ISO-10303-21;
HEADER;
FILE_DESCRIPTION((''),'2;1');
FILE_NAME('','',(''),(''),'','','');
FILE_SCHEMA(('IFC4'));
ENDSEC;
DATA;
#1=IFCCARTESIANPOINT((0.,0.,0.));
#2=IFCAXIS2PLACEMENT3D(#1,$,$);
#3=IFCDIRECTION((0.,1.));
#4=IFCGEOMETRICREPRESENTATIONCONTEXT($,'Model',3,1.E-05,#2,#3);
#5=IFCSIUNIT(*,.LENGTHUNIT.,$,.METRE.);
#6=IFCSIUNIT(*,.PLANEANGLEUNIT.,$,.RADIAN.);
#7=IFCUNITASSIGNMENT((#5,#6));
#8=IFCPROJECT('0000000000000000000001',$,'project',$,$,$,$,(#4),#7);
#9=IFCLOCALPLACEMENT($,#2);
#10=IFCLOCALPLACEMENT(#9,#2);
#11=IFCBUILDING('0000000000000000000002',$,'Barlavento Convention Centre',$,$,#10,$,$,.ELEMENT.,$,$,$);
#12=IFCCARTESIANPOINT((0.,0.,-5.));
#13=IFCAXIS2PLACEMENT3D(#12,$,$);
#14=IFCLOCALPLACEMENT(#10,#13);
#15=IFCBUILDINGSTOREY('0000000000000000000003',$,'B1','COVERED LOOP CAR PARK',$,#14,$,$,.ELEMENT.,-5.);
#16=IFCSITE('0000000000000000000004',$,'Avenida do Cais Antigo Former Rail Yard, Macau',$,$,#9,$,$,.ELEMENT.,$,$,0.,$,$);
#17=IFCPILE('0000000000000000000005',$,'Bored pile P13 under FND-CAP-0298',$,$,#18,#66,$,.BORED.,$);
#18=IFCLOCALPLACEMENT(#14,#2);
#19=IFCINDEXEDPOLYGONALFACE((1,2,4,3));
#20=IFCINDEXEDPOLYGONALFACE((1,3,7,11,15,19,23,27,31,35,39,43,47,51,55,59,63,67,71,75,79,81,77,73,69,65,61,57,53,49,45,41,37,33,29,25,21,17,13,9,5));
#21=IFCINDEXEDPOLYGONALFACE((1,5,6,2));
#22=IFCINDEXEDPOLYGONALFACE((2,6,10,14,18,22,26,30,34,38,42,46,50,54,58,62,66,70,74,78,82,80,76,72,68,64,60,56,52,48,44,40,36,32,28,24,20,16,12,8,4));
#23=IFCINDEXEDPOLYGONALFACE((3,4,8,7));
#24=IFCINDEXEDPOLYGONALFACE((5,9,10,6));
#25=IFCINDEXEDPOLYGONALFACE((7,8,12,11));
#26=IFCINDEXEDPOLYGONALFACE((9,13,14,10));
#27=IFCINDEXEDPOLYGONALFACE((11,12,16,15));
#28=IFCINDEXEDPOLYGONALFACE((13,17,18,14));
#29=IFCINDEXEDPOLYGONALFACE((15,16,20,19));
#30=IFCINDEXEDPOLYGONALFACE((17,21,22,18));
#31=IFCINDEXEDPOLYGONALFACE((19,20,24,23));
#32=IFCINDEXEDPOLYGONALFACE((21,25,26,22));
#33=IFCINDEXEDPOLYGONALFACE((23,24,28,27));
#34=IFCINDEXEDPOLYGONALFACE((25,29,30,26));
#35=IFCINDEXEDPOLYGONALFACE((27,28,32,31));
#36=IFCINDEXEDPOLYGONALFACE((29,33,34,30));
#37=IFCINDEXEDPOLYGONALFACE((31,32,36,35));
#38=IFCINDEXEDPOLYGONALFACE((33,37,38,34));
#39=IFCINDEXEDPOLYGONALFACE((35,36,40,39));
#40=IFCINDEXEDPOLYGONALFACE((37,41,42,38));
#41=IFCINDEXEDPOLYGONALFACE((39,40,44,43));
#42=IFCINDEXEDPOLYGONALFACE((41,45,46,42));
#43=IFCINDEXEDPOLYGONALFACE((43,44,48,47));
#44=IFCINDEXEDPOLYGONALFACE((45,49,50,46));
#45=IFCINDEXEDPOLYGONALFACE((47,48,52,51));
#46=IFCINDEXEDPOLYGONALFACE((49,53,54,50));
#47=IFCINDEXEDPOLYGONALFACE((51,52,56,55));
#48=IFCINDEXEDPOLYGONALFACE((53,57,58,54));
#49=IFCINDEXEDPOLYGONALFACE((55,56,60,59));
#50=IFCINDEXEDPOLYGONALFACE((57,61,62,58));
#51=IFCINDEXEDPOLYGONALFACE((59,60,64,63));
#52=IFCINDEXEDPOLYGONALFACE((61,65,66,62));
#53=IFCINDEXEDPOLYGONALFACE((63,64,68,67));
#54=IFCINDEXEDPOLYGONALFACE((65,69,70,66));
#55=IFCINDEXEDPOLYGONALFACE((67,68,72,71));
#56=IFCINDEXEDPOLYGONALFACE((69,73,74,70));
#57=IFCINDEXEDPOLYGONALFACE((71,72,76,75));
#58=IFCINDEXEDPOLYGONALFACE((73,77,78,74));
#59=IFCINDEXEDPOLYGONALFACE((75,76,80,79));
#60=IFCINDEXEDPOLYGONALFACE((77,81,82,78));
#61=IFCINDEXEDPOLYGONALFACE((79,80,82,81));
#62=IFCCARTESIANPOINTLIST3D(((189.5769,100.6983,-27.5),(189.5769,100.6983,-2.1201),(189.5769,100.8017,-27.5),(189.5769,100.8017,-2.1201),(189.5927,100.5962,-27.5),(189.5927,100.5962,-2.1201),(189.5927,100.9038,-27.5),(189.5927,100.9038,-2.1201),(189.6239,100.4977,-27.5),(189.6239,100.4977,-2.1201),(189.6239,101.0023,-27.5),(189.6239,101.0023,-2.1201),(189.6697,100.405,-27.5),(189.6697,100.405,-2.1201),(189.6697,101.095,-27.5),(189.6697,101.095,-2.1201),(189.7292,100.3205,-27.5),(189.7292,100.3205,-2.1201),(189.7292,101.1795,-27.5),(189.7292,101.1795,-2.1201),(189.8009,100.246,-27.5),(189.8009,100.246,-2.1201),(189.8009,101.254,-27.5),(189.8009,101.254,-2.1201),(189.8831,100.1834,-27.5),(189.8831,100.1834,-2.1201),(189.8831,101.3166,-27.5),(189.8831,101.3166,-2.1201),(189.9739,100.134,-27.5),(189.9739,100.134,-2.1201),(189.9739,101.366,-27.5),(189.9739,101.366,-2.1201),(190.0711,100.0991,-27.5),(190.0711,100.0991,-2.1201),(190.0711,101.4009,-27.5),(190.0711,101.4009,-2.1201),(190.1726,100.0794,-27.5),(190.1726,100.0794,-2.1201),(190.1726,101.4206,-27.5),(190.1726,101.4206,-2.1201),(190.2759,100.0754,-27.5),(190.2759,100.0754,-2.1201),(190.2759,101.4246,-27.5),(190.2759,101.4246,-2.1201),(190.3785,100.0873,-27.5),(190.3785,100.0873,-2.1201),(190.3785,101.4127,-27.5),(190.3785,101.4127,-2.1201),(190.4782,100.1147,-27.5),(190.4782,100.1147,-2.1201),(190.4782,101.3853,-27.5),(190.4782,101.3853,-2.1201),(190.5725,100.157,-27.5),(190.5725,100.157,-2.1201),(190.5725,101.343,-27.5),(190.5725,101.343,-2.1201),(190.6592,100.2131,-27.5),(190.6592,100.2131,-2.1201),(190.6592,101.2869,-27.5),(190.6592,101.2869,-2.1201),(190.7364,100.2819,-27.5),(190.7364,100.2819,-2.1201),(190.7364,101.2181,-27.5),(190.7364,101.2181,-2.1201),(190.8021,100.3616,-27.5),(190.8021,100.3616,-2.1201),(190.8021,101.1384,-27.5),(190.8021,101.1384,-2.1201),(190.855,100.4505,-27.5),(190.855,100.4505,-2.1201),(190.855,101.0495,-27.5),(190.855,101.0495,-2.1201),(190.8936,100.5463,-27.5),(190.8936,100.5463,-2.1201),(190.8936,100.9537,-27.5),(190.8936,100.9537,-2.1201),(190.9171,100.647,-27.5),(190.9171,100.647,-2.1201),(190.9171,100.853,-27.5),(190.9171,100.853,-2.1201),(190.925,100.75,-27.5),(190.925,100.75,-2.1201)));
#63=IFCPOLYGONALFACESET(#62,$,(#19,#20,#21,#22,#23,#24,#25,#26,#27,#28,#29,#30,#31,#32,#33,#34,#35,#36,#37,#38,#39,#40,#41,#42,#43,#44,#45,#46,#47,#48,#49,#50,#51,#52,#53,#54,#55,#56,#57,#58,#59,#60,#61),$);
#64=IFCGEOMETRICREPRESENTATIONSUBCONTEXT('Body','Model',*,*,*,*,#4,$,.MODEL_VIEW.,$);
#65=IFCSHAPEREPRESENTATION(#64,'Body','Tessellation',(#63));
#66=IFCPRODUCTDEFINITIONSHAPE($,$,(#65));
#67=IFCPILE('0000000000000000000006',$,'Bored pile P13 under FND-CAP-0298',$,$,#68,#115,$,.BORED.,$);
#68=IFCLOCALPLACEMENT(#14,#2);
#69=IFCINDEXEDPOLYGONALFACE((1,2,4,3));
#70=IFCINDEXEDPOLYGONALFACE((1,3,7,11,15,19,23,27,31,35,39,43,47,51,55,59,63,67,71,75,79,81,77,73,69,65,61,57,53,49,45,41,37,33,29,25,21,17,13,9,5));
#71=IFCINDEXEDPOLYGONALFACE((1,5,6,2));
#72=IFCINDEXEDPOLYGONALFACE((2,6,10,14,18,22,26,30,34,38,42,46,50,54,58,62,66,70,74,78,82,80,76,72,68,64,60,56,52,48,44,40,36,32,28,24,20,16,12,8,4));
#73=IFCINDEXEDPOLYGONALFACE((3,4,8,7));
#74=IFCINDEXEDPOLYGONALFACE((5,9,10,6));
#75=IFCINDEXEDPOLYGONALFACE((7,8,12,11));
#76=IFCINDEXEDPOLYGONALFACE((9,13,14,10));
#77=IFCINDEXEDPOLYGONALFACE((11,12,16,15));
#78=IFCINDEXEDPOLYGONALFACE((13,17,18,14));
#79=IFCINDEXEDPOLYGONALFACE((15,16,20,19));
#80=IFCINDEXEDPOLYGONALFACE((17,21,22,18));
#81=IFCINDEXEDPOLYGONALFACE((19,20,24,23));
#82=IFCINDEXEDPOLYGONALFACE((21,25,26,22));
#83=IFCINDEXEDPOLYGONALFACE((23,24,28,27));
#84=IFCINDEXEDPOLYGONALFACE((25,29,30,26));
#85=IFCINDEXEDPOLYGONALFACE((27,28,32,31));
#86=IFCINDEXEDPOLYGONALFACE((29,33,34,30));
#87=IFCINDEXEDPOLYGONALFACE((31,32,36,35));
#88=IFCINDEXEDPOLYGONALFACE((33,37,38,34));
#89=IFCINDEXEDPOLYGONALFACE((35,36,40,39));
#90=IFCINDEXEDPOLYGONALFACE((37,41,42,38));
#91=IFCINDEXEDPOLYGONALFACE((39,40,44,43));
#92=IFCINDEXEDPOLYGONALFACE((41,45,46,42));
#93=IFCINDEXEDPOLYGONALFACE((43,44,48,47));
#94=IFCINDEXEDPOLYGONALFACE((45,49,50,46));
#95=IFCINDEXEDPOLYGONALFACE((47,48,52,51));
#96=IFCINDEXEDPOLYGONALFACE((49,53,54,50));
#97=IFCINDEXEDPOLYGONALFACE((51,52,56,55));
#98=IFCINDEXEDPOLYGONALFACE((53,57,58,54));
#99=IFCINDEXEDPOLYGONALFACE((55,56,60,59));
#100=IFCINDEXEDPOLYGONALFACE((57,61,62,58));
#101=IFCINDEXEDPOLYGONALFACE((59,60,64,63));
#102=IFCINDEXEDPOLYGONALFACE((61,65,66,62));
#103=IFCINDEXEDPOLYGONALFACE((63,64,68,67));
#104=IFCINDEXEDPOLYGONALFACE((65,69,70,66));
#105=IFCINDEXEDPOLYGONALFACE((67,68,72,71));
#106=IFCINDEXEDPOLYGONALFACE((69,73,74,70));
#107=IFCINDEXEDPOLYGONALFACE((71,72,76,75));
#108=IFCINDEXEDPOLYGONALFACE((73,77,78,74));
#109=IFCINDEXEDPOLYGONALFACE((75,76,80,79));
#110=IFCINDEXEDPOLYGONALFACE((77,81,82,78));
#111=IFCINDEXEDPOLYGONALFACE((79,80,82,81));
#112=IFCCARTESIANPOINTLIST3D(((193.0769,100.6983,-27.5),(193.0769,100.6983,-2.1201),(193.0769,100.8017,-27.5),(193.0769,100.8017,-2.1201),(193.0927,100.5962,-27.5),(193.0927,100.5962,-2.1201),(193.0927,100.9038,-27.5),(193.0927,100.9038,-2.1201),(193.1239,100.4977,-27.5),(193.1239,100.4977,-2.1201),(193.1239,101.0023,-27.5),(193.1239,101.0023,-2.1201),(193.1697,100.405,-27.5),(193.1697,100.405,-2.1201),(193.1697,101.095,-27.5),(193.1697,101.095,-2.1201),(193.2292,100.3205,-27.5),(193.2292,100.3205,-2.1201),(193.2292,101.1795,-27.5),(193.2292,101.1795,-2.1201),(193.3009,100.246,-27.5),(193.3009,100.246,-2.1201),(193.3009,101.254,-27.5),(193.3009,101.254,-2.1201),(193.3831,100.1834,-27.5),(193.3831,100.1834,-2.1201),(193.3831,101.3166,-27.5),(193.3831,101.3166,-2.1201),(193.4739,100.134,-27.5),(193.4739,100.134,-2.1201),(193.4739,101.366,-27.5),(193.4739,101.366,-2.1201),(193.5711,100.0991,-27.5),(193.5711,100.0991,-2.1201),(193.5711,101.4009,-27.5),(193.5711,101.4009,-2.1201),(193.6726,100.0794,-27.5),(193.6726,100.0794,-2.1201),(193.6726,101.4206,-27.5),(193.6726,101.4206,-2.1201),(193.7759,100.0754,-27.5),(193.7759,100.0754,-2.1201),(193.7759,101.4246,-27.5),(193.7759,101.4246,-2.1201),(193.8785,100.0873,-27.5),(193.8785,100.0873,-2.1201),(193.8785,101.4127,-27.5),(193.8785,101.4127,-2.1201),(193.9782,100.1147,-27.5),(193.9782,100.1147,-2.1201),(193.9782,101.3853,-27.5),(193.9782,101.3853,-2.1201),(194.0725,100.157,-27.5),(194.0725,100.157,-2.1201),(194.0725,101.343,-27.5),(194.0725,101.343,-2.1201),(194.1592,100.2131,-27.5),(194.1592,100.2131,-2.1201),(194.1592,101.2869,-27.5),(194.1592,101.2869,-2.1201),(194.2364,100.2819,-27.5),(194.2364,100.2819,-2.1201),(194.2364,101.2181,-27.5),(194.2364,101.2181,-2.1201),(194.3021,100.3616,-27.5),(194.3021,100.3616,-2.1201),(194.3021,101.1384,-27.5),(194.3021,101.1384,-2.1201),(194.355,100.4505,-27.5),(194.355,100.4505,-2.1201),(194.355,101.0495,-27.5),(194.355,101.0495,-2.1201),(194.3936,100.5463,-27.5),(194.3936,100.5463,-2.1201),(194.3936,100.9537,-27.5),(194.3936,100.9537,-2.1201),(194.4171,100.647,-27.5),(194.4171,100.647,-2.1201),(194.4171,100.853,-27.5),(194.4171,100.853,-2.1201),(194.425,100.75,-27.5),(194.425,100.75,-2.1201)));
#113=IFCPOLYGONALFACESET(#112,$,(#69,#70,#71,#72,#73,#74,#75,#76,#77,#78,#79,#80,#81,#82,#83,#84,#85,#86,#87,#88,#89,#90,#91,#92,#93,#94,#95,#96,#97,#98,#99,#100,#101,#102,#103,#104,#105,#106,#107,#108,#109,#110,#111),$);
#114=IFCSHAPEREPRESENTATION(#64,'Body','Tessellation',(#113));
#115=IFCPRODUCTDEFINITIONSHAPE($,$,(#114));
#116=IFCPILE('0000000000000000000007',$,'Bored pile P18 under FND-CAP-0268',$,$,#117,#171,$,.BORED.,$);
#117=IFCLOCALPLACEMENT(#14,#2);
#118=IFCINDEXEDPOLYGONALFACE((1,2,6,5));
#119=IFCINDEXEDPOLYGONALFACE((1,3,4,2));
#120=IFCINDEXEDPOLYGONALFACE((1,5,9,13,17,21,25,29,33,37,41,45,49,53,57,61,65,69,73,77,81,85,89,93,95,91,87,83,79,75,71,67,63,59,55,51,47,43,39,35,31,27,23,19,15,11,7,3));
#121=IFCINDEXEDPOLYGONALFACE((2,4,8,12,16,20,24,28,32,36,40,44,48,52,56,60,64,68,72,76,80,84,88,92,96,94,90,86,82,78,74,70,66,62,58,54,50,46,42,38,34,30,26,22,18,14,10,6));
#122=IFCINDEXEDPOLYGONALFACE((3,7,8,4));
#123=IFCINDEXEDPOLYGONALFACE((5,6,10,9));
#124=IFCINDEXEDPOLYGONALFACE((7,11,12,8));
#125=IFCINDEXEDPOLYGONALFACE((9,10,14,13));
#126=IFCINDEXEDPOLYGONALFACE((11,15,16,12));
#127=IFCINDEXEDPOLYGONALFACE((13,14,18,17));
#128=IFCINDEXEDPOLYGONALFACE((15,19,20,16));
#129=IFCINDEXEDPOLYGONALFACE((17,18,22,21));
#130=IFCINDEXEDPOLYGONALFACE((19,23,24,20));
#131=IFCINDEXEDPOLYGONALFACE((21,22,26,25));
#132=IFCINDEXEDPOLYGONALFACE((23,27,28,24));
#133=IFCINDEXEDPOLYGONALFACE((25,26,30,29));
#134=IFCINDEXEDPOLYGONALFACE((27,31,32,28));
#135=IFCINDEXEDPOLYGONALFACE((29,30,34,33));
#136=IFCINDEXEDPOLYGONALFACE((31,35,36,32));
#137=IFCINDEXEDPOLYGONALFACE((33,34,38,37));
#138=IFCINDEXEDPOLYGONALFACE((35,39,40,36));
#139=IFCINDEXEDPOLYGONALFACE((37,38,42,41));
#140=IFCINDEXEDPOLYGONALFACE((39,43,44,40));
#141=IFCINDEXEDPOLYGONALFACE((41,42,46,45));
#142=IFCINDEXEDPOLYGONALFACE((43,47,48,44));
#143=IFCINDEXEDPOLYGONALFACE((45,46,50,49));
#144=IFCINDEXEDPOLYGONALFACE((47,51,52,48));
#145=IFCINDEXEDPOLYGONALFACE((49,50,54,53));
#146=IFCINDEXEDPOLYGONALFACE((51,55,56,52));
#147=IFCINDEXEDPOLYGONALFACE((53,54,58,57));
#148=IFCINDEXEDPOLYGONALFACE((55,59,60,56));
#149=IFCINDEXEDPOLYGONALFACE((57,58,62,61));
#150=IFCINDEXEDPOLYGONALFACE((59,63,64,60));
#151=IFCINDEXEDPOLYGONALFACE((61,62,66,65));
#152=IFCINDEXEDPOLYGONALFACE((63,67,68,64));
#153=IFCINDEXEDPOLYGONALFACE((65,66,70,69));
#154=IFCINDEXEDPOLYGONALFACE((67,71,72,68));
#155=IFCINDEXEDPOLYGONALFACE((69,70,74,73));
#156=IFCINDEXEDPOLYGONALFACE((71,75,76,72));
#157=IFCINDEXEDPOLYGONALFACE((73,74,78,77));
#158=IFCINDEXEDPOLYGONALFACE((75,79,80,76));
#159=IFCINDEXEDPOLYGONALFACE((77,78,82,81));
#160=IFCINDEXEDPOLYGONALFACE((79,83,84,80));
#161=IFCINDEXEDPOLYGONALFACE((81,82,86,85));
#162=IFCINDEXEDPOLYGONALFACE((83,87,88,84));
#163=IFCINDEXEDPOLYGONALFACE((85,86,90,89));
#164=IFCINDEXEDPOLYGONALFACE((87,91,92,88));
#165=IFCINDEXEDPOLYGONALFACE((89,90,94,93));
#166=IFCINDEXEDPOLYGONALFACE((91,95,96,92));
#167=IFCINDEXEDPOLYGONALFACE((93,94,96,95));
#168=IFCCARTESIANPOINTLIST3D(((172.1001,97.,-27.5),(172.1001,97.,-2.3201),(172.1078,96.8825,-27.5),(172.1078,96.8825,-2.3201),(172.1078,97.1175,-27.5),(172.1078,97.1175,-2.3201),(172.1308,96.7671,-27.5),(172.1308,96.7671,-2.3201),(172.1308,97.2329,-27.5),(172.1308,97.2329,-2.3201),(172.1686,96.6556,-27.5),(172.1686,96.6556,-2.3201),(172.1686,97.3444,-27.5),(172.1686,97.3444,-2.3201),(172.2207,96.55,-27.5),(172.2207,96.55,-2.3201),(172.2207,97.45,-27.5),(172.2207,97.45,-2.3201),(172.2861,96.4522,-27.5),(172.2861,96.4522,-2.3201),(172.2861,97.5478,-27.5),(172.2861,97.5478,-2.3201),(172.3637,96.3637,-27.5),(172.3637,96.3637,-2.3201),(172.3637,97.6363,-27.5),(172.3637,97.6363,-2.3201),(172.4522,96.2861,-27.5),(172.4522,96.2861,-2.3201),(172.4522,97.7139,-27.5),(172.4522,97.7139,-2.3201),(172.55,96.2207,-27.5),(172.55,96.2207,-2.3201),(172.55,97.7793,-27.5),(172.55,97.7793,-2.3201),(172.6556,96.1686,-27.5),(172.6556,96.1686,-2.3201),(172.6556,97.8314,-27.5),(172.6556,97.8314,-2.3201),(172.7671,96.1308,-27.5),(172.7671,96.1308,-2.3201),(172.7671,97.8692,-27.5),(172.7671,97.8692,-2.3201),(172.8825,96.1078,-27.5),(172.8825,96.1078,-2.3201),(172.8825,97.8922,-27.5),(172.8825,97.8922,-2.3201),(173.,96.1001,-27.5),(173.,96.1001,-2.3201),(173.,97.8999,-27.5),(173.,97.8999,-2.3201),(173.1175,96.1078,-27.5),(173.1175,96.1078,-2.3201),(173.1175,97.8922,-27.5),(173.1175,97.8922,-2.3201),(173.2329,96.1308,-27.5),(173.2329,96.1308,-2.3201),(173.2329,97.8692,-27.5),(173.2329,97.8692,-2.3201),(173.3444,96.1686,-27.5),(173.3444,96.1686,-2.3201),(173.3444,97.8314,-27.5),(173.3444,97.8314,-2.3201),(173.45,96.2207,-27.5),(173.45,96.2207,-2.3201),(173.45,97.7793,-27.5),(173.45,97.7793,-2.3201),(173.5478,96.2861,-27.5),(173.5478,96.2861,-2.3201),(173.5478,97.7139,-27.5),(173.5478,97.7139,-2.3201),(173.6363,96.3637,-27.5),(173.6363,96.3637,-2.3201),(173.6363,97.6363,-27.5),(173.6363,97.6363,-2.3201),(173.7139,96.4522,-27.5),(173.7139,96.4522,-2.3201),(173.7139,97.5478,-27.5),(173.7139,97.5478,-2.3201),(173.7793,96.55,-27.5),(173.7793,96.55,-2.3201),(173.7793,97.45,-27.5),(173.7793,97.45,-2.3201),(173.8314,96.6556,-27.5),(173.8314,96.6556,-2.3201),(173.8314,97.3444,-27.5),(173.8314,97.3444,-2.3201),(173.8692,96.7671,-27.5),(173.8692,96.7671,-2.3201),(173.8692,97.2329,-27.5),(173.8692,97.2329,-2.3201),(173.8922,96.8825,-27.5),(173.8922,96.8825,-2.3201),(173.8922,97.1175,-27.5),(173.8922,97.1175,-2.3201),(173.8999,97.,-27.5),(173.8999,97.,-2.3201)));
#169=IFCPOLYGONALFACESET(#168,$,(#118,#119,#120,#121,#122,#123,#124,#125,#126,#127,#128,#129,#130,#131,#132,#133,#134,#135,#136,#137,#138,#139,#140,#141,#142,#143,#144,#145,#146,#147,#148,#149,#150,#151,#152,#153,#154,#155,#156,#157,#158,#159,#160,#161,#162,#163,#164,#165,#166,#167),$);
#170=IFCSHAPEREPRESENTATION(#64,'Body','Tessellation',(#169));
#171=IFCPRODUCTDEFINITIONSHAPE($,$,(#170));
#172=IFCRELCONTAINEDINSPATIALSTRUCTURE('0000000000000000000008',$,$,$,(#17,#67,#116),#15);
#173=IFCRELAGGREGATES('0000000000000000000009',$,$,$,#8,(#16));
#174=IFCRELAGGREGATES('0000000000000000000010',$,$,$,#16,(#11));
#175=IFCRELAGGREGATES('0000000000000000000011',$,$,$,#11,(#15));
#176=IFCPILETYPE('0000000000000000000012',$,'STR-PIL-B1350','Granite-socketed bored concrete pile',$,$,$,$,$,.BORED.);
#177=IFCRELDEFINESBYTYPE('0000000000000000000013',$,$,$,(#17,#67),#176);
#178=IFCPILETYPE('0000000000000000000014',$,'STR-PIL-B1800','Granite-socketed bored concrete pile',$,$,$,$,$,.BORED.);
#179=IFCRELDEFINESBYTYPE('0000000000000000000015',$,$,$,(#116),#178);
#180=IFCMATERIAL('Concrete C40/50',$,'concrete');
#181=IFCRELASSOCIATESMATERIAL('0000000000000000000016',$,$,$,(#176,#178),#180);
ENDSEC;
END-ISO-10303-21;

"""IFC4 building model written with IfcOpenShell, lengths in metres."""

from ifc_helpers import new_model, si_unit, direction, frame, origin, origin_2d, place, context, subcontext, project, spatial, circle, extrude, material, material_profile, profile_set, type_object, element, save


model = new_model("IFC4")

# Units and contexts
model_context = context("Model", 3, precision=1e-05, world=origin(), true_north=direction((0.0, 1.0)))
body_context = subcontext(model_context, "Body", "Model", "MODEL_VIEW")
ifc_project = project(units=[si_unit("LENGTHUNIT", "METRE"), si_unit("PLANEANGLEUNIT", "RADIAN")], contexts=[model_context])

# Site, building, storey
site_placement = place(None, origin())
site = spatial("IfcSite", under=ifc_project, at=site_placement, Name="Avenida do Cais Antigo Former Rail Yard, Macau", CompositionType="ELEMENT", RefElevation=0.0)
building_placement = place(site_placement, origin())
building = spatial("IfcBuilding", under=site, at=building_placement, Name="Barlavento Convention Centre", CompositionType="ELEMENT")
storey_placement = place(building_placement, frame((0.0, 0.0, -5.0)))
storey = spatial("IfcBuildingStorey", under=building, at=storey_placement, Name="B1", Description="COVERED LOOP CAR PARK", CompositionType="ELEMENT", Elevation=-5.0)

# Shared definitions
ifc_material_1 = material(Name="Concrete C40/50", Category="concrete")

# Piles
ifc_material_profile_1 = material_profile(ifc_material_1, circle(Radius=0.675, at=origin_2d()), Name="BORED PILE 1350")
ifc_profile_set_1 = profile_set([ifc_material_profile_1], Name="Concrete C40/50")
pile_type_1 = type_object("IfcPileType", Name="STR-PIL-B1350", Description="Granite-socketed bored concrete pile", PredefinedType="BORED", material=ifc_profile_set_1)
for number, where, z_axis, x_axis, name in (
    (1, (190.25, 100.75, -2.1201), (0.0, 0.0, -1.0), (1.0, 0.0, 0.0), "Bored pile P13 under FND-CAP-0298"),
    (2, (193.75, 100.75, -2.1201), (0.0, 0.0, -1.0), (1.0, 0.0, 0.0), "Bored pile P13 under FND-CAP-0298"),
):
    element("IfcPile", number, at=place(storey_placement, frame(where, z_axis=z_axis, x_axis=x_axis)), inside=storey, type_object=pile_type_1, Name=name, PredefinedType="BORED", context=body_context, shape_type="SweptSolid", body=[
        extrude(circle(Radius=0.675, at=origin_2d()), origin(), (0.0, 0.0, 1.0), 25.3799),
    ])
ifc_material_profile_2 = material_profile(ifc_material_1, circle(Radius=0.8999, at=origin_2d()), Name="BORED PILE 1800")
ifc_profile_set_2 = profile_set([ifc_material_profile_2], Name="Concrete C40/50")
pile_type_2 = type_object("IfcPileType", Name="STR-PIL-B1800", Description="Granite-socketed bored concrete pile", PredefinedType="BORED", material=ifc_profile_set_2)
for number, where, z_axis, x_axis, name in (
    (3, (173.0, 97.0, -2.3201), (0.0, 0.0, -1.0), (1.0, 0.0, 0.0), "Bored pile P18 under FND-CAP-0268"),
):
    element("IfcPile", number, at=place(storey_placement, frame(where, z_axis=z_axis, x_axis=x_axis)), inside=storey, type_object=pile_type_2, Name=name, PredefinedType="BORED", context=body_context, shape_type="SweptSolid", body=[
        extrude(circle(Radius=0.8999, at=origin_2d()), origin(), (0.0, 0.0, 1.0), 25.1799),
    ])

save(model, "model.ifc")
